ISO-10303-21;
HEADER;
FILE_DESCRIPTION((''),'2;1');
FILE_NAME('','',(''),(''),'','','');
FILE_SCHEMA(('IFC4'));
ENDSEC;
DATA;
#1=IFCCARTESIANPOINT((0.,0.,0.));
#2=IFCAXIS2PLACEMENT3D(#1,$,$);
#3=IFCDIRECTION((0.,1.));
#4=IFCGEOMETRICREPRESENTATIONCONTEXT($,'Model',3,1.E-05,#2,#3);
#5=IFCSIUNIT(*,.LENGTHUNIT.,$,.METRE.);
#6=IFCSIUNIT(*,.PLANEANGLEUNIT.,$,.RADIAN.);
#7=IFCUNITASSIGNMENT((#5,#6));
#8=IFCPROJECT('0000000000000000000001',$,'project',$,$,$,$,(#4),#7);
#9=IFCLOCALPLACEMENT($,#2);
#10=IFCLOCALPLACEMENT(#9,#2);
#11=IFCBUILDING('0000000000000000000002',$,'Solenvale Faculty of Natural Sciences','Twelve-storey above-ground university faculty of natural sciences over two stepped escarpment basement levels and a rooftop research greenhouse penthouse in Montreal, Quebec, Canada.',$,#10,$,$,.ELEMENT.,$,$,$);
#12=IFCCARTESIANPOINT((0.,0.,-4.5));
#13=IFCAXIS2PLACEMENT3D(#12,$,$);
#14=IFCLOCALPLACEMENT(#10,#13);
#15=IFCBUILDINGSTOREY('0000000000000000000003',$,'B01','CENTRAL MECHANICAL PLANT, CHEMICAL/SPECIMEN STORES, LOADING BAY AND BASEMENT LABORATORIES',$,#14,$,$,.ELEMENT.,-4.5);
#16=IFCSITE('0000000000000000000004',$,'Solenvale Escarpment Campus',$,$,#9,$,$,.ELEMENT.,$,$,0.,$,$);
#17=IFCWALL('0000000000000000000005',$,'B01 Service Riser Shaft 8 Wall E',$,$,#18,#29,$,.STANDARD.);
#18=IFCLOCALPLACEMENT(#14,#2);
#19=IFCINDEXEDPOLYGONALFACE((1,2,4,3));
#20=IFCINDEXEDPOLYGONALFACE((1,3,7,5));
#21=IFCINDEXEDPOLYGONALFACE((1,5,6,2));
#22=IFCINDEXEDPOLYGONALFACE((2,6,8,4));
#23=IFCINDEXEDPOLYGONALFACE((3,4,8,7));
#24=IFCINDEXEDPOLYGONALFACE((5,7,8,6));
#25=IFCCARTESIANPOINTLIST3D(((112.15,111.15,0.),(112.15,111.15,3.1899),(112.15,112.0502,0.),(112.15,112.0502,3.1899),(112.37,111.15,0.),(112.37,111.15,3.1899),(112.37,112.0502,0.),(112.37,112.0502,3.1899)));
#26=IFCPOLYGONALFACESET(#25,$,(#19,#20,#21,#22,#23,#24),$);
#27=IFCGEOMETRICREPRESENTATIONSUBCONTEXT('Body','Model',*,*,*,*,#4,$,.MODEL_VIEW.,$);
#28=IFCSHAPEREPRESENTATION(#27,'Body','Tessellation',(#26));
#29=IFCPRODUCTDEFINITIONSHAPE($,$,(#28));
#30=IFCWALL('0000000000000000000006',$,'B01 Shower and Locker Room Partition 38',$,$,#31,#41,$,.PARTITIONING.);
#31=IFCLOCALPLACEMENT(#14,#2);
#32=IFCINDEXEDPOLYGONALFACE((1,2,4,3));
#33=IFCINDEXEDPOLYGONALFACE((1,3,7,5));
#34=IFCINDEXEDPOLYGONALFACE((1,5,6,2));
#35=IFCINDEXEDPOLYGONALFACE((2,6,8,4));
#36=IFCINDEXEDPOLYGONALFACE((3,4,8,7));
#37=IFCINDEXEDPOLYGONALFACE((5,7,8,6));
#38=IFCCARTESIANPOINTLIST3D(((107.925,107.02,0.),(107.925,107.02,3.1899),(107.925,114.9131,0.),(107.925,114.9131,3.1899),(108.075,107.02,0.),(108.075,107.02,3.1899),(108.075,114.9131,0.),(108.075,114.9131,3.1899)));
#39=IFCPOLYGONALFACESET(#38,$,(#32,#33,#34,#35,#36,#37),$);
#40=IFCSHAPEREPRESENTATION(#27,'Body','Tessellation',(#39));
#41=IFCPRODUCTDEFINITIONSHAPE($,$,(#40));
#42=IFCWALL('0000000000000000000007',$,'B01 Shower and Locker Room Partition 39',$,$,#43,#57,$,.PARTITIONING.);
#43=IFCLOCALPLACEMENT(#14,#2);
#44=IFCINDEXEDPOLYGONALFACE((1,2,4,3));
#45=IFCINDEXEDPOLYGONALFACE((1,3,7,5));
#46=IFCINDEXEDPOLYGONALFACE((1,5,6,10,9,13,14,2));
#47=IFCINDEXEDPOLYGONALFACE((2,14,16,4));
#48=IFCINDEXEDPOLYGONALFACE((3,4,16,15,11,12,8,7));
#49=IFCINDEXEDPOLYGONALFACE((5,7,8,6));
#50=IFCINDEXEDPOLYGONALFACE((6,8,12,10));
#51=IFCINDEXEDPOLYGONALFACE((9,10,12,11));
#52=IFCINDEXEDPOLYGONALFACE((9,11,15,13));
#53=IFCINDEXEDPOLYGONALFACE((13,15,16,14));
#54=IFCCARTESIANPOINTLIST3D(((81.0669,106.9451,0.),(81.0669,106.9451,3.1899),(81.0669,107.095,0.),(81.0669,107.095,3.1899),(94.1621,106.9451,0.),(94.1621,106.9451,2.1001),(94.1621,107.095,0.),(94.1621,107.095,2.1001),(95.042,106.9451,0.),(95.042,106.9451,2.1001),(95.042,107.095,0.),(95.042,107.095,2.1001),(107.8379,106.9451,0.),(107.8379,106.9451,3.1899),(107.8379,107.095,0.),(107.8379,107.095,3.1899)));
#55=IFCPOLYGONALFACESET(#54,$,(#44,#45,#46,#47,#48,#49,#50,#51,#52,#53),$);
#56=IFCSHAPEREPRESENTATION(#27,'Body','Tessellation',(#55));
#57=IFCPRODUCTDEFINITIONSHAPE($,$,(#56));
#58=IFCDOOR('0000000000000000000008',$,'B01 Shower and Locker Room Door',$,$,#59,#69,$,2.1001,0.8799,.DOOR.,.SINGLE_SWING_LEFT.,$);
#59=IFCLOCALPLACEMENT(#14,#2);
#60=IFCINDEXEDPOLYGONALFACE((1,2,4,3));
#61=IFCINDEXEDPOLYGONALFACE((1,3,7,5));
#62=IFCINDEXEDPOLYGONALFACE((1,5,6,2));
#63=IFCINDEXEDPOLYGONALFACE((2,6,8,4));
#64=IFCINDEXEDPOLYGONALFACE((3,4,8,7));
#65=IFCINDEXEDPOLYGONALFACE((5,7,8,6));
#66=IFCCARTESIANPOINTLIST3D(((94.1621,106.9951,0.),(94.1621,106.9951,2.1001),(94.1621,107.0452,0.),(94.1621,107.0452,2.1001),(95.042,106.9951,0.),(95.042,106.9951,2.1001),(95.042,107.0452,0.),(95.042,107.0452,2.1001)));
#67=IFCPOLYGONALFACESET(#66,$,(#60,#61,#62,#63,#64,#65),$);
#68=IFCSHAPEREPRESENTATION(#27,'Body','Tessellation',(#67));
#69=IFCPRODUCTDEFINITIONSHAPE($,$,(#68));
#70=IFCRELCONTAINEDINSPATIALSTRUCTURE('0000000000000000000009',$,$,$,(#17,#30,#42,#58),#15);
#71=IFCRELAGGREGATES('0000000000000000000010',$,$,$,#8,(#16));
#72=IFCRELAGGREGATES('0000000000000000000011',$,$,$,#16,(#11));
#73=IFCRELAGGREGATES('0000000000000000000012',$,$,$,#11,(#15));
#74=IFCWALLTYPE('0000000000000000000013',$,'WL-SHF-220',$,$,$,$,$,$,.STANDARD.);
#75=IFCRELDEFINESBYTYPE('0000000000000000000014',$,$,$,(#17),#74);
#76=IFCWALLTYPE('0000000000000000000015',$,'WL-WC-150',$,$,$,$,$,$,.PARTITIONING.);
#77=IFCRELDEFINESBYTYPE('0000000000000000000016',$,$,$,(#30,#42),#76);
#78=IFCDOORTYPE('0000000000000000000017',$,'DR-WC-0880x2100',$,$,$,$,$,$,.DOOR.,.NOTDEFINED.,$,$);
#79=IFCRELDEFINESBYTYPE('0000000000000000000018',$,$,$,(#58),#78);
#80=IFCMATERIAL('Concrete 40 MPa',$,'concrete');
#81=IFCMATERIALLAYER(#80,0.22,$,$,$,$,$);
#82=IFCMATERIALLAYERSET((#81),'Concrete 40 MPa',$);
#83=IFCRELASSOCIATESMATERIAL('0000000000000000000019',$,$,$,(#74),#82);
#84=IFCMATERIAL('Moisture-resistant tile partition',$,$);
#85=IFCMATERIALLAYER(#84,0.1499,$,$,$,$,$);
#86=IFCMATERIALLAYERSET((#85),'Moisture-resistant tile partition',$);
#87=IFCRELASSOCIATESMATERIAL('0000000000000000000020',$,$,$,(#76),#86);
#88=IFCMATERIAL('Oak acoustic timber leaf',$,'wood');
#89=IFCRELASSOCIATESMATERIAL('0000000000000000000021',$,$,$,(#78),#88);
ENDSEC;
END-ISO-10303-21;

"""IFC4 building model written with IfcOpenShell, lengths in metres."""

from ifc_helpers import new_model, si_unit, direction, frame, frame_2d, origin, place, context, subcontext, project, spatial, rectangle, extrude, material, layer, layer_set, type_object, element, fill, save


model = new_model("IFC4")

# Units and contexts
model_context = context("Model", 3, precision=1e-05, world=origin(), true_north=direction((0.0, 1.0)))
body_context = subcontext(model_context, "Body", "Model", "MODEL_VIEW")
ifc_project = project(units=[si_unit("LENGTHUNIT", "METRE"), si_unit("PLANEANGLEUNIT", "RADIAN")], contexts=[model_context])

# Site, building, storey
site_placement = place(None, origin())
site = spatial("IfcSite", under=ifc_project, at=site_placement, Name="Solenvale Escarpment Campus", CompositionType="ELEMENT", RefElevation=0.0)
building_placement = place(site_placement, origin())
building = spatial("IfcBuilding", under=site, at=building_placement, Name="Solenvale Faculty of Natural Sciences", Description="Twelve-storey above-ground university faculty of natural sciences over two stepped escarpment basement levels and a rooftop research greenhouse penthouse in Montreal, Quebec, Canada.", CompositionType="ELEMENT")
storey_placement = place(building_placement, frame((0.0, 0.0, -4.5)))
storey = spatial("IfcBuildingStorey", under=building, at=storey_placement, Name="B01", Description="CENTRAL MECHANICAL PLANT, CHEMICAL/SPECIMEN STORES, LOADING BAY AND BASEMENT LABORATORIES", CompositionType="ELEMENT", Elevation=-4.5)

# Shared definitions
ifc_material_1 = material(Name="Concrete 40 MPa", Category="concrete")

# Walls
ifc_layer_1 = layer(ifc_material_1, 0.22)
ifc_layer_set_1 = layer_set([ifc_layer_1], Name="Concrete 40 MPa")
wall_type_1 = type_object("IfcWallType", Name="WL-SHF-220", PredefinedType="STANDARD", material=ifc_layer_set_1)
for number, where, z_axis, x_axis, name in (
    (1, (112.26, 111.1499, 0.0), (0.0, 0.0, 1.0), (0.0, 1.0, 0.0), "B01 Service Riser Shaft 8 Wall E"),
):
    element("IfcWall", number, at=place(storey_placement, frame(where, z_axis=z_axis, x_axis=x_axis)), inside=storey, type_object=wall_type_1, Name=name, PredefinedType="STANDARD", context=body_context, shape_type="SweptSolid", body=[
        extrude(rectangle(XDim=0.9001, YDim=0.22, at=frame_2d((0.4502, 0.0))), origin(), (0.0, 0.0, 1.0), 3.1899),
    ])
ifc_material_2 = material(Name="Moisture-resistant tile partition")
ifc_layer_2 = layer(ifc_material_2, 0.1499)
ifc_layer_set_2 = layer_set([ifc_layer_2], Name="Moisture-resistant tile partition")
wall_type_2 = type_object("IfcWallType", Name="WL-WC-150", PredefinedType="PARTITIONING", material=ifc_layer_set_2)
wall_1_placement = place(storey_placement, frame((108.0, 114.9131, 0.0), z_axis=(0.0, 0.0, 1.0), x_axis=(0.0, -1.0, 0.0)))
element("IfcWall", 2, at=wall_1_placement, inside=storey, type_object=wall_type_2, Name="B01 Shower and Locker Room Partition 38", PredefinedType="PARTITIONING", context=body_context, shape_type="SweptSolid", body=[
    extrude(rectangle(XDim=7.8931, YDim=0.1499, at=frame_2d((3.9465, 0.0))), origin(), (0.0, 0.0, 1.0), 3.1899),
])

# Wall, opening, door
wall_2_placement = place(storey_placement, frame((107.8379, 107.02, 0.0), z_axis=(0.0, 0.0, 1.0), x_axis=(-1.0, 0.0, 0.0)))
wall_2 = element("IfcWall", 3, at=wall_2_placement, inside=storey, type_object=wall_type_2, Name="B01 Shower and Locker Room Partition 39", PredefinedType="PARTITIONING", context=body_context, shape_type="SweptSolid", body=[
    extrude(rectangle(XDim=26.771, YDim=0.1499, at=frame_2d((13.3855, 0.0))), origin(), (0.0, 0.0, 1.0), 3.1899),
])
opening_placement = place(wall_2_placement, frame((12.7959, 0.0, 0.0)))
opening = element("IfcOpeningElement", 4, at=opening_placement, cuts=wall_2, PredefinedType="OPENING", context=body_context, shape_type="SweptSolid", body=[
    extrude(rectangle(XDim=0.8799, YDim=2.1001, at=frame_2d((0.4399, 1.05))), frame((0.0, 0.085, 0.0), z_axis=(0.0, -1.0, 0.0), x_axis=(1.0, 0.0, 0.0)), (0.0, 0.0, 1.0), 0.1699),
])
ifc_material_3 = material(Name="Oak acoustic timber leaf", Category="wood")
door_type = type_object("IfcDoorType", Name="DR-WC-0880x2100", OperationType="NOTDEFINED", PredefinedType="DOOR", material=ifc_material_3)
door_placement = place(opening_placement, origin())
door = element("IfcDoor", 5, at=door_placement, inside=storey, type_object=door_type, Name="B01 Shower and Locker Room Door", OperationType="SINGLE_SWING_LEFT", OverallHeight=2.1001, OverallWidth=0.8799, PredefinedType="DOOR", context=body_context, shape_type="SweptSolid", body=[
    extrude(rectangle(XDim=0.8799, YDim=2.1001, at=frame_2d((0.4399, 1.05))), frame((0.0, 0.0249, 0.0), z_axis=(0.0, -1.0, 0.0), x_axis=(1.0, 0.0, 0.0)), (0.0, 0.0, 1.0), 0.05),
])
fill(opening, door)

save(model, "model.ifc")
